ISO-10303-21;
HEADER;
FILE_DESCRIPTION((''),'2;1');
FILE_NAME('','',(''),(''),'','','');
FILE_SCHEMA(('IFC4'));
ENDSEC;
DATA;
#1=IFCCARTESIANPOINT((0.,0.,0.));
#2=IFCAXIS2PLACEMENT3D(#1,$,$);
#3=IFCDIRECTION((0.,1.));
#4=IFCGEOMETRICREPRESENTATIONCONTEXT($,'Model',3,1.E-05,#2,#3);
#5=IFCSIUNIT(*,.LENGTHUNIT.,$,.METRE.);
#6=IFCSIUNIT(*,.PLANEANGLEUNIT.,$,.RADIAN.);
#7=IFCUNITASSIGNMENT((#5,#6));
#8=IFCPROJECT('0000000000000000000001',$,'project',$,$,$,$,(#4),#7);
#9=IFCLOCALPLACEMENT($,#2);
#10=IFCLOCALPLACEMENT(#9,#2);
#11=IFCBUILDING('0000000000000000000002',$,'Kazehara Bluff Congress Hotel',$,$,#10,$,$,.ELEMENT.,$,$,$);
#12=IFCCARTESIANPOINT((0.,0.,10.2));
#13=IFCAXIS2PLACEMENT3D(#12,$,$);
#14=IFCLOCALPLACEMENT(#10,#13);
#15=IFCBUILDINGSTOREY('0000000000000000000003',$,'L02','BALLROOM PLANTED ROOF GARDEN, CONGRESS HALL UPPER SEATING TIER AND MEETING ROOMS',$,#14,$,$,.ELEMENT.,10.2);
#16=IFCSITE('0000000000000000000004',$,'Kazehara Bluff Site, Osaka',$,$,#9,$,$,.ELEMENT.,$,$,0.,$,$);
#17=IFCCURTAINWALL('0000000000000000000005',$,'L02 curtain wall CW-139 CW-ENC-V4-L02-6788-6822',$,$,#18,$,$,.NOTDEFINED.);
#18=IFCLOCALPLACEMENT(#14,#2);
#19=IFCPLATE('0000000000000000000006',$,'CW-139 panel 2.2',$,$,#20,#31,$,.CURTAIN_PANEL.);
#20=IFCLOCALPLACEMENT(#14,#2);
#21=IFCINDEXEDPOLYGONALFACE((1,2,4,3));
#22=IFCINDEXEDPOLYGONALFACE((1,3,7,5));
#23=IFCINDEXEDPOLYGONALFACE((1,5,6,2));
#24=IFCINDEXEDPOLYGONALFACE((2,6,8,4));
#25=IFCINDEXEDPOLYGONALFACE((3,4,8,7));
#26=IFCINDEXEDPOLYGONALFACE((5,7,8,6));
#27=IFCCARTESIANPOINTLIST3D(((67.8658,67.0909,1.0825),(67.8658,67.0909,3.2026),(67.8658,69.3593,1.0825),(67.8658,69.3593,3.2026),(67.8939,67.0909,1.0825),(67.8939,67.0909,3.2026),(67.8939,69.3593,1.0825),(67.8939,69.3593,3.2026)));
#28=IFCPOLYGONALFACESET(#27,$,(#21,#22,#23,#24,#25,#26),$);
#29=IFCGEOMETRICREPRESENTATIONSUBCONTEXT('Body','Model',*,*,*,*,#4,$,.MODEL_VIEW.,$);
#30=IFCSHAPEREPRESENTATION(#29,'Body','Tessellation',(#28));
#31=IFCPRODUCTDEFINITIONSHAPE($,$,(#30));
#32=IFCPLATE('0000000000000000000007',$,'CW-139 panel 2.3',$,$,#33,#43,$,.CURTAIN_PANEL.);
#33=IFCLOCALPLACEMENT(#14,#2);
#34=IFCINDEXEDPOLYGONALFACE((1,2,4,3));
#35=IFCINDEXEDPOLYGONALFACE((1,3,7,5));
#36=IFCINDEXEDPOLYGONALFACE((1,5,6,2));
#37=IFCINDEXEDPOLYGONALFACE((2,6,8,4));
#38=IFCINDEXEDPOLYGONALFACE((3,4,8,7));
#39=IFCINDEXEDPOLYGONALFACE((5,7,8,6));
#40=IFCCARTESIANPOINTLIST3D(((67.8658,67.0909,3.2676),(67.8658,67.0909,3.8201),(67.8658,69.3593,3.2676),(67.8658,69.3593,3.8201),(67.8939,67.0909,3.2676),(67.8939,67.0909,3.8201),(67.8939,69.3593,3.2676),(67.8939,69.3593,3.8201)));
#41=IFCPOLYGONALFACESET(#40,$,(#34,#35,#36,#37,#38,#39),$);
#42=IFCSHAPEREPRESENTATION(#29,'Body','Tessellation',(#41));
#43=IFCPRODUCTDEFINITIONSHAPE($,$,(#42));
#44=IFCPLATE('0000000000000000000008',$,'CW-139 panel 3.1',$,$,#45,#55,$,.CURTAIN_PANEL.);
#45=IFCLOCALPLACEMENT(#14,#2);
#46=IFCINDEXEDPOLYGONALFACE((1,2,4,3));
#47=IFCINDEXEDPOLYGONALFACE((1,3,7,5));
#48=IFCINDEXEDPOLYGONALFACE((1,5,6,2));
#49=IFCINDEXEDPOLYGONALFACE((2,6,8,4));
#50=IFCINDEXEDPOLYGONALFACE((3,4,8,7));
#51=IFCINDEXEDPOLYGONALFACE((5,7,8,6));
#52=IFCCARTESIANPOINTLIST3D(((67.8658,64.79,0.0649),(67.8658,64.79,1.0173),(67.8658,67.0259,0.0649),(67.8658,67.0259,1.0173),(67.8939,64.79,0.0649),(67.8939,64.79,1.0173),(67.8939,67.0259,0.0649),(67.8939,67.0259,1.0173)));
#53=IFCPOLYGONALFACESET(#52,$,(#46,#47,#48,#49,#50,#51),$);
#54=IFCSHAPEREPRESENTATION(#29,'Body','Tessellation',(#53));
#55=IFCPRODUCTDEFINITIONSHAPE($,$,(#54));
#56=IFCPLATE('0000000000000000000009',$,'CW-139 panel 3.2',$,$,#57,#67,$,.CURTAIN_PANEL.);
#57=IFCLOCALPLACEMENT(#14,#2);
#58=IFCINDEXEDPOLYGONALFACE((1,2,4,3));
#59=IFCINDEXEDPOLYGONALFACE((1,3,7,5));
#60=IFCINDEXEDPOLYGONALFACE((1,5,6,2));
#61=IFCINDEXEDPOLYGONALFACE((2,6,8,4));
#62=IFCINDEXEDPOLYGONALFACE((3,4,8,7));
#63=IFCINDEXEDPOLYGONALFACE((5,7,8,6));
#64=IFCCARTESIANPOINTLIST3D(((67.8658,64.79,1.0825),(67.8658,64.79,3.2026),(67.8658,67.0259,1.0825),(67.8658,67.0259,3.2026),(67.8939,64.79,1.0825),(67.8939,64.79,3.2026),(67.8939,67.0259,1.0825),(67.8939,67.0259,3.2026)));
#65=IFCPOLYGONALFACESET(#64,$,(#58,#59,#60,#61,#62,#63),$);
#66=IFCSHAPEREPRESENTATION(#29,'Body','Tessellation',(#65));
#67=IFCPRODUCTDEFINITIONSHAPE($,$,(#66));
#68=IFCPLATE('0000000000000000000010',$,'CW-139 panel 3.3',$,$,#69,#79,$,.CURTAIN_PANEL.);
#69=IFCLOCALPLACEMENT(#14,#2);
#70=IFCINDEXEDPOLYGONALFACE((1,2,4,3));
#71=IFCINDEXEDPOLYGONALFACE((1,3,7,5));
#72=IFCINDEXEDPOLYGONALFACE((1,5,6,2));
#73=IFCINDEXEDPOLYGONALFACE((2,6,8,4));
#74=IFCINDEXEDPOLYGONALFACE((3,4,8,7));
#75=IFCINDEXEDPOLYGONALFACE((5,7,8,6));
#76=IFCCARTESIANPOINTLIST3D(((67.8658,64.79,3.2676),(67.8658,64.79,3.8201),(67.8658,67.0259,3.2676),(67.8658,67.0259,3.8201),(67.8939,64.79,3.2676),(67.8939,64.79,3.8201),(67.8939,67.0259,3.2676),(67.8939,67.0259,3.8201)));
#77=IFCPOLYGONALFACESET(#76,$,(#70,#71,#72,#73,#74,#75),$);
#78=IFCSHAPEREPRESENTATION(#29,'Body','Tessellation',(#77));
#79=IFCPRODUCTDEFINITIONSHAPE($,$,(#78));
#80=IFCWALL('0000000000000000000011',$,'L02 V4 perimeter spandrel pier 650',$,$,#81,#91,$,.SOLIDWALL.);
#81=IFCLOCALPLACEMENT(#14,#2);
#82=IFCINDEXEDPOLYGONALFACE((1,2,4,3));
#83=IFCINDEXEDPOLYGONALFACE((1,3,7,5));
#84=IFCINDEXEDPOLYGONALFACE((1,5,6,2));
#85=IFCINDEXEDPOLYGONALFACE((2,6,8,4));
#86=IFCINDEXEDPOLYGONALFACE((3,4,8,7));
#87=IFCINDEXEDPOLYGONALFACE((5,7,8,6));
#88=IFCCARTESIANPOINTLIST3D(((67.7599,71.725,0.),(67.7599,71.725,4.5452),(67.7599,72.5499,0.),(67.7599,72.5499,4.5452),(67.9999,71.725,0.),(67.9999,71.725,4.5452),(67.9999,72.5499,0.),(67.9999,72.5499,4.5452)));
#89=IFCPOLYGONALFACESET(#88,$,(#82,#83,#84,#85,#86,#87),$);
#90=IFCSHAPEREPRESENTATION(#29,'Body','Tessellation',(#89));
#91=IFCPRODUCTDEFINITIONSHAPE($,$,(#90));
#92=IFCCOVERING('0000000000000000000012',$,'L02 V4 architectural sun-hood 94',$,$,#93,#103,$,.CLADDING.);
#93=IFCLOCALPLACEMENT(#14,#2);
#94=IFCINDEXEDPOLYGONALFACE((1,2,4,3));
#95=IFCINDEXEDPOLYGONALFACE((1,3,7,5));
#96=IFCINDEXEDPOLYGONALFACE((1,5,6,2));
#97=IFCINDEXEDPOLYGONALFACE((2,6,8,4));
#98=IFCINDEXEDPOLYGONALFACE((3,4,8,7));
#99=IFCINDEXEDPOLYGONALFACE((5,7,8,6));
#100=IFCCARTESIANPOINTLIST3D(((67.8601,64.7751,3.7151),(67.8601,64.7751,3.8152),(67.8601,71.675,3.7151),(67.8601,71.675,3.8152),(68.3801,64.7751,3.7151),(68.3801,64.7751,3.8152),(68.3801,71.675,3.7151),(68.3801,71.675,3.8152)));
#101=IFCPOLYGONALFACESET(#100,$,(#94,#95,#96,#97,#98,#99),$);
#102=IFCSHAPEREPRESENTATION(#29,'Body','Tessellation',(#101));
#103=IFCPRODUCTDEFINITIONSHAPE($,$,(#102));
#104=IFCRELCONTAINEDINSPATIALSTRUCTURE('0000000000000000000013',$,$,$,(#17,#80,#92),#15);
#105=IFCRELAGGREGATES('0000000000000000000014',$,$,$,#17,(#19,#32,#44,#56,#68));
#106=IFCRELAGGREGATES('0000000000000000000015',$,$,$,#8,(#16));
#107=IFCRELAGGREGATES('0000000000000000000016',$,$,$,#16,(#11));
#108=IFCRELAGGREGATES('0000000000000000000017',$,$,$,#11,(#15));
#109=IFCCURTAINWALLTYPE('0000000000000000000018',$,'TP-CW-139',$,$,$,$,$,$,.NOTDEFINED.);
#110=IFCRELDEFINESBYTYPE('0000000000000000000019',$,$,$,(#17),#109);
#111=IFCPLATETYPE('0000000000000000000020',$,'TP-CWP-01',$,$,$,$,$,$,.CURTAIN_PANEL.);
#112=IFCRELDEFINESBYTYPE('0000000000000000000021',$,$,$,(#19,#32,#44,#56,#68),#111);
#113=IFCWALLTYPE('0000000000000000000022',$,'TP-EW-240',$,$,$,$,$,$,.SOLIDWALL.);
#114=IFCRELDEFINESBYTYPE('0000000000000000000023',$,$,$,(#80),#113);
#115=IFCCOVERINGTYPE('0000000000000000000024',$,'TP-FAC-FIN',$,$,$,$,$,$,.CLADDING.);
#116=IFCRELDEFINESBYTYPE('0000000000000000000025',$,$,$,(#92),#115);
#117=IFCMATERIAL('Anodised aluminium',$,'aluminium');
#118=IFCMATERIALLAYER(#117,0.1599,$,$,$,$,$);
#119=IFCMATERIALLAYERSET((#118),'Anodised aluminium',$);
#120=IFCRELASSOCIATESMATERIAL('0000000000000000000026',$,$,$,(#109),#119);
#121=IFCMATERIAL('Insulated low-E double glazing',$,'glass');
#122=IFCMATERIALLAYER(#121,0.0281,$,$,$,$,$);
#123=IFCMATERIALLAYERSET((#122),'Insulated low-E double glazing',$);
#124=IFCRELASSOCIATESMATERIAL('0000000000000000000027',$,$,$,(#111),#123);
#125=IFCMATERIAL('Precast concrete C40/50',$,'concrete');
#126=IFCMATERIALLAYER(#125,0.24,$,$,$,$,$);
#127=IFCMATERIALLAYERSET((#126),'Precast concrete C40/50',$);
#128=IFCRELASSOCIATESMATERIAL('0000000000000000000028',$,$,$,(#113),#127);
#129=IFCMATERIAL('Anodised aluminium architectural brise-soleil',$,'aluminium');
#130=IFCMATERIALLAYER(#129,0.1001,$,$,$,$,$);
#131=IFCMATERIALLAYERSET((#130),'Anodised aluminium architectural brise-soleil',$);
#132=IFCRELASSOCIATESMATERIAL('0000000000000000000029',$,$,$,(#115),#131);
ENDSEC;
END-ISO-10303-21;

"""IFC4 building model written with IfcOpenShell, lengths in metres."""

from ifc_helpers import new_model, si_unit, direction, frame, frame_2d, origin, origin_2d, place, context, subcontext, project, spatial, rectangle, extrude, material, layer, layer_set, type_object, element, aggregate, save


model = new_model("IFC4")

# Units and contexts
model_context = context("Model", 3, precision=1e-05, world=origin(), true_north=direction((0.0, 1.0)))
body_context = subcontext(model_context, "Body", "Model", "MODEL_VIEW")
ifc_project = project(units=[si_unit("LENGTHUNIT", "METRE"), si_unit("PLANEANGLEUNIT", "RADIAN")], contexts=[model_context])

# Site, building, storey
site_placement = place(None, origin())
site = spatial("IfcSite", under=ifc_project, at=site_placement, Name="Kazehara Bluff Site, Osaka", CompositionType="ELEMENT", RefElevation=0.0)
building_placement = place(site_placement, origin())
building = spatial("IfcBuilding", under=site, at=building_placement, Name="Kazehara Bluff Congress Hotel", CompositionType="ELEMENT")
storey_placement = place(building_placement, frame((0.0, 0.0, 10.2)))
storey = spatial("IfcBuildingStorey", under=building, at=storey_placement, Name="L02", Description="BALLROOM PLANTED ROOF GARDEN, CONGRESS HALL UPPER SEATING TIER AND MEETING ROOMS", CompositionType="ELEMENT", Elevation=10.2)

# Curtain wall, plates
ifc_material_1 = material(Name="Anodised aluminium", Category="aluminium")
ifc_layer_1 = layer(ifc_material_1, 0.1599)
ifc_layer_set_1 = layer_set([ifc_layer_1], Name="Anodised aluminium")
curtain_wall_type = type_object("IfcCurtainWallType", Name="TP-CW-139", PredefinedType="NOTDEFINED", material=ifc_layer_set_1)
curtain_wall_placement = place(storey_placement, origin())
curtain_wall = element("IfcCurtainWall", 1, at=curtain_wall_placement, inside=storey, type_object=curtain_wall_type, Name="L02 curtain wall CW-139 CW-ENC-V4-L02-6788-6822", PredefinedType="NOTDEFINED")
ifc_material_2 = material(Name="Insulated low-E double glazing", Category="glass")
ifc_layer_2 = layer(ifc_material_2, 0.0281)
ifc_layer_set_2 = layer_set([ifc_layer_2], Name="Insulated low-E double glazing")
plate_type = type_object("IfcPlateType", Name="TP-CWP-01", PredefinedType="CURTAIN_PANEL", material=ifc_layer_set_2)
plate_1_placement = place(storey_placement, frame((67.8799, 68.2251, 1.0825), z_axis=(0.0, 0.0, 1.0), x_axis=(0.0, -1.0, 0.0)))
plate_1 = element("IfcPlate", 2, at=plate_1_placement, type_object=plate_type, Name="CW-139 panel 2.2", PredefinedType="CURTAIN_PANEL", context=body_context, shape_type="SweptSolid", body=[
    extrude(rectangle(XDim=2.2683, YDim=0.0281, at=origin_2d()), origin(), (0.0, 0.0, 1.0), 2.1201),
])
plate_2_placement = place(storey_placement, frame((67.8799, 68.2251, 3.2676), z_axis=(0.0, 0.0, 1.0), x_axis=(0.0, -1.0, 0.0)))
plate_2 = element("IfcPlate", 3, at=plate_2_placement, type_object=plate_type, Name="CW-139 panel 2.3", PredefinedType="CURTAIN_PANEL", context=body_context, shape_type="SweptSolid", body=[
    extrude(rectangle(XDim=2.2683, YDim=0.0281, at=origin_2d()), origin(), (0.0, 0.0, 1.0), 0.5525),
])
plate_3_placement = place(storey_placement, frame((67.8799, 65.908, 0.0649), z_axis=(0.0, 0.0, 1.0), x_axis=(0.0, -1.0, 0.0)))
plate_3 = element("IfcPlate", 4, at=plate_3_placement, type_object=plate_type, Name="CW-139 panel 3.1", PredefinedType="CURTAIN_PANEL", context=body_context, shape_type="SweptSolid", body=[
    extrude(rectangle(XDim=2.2358, YDim=0.0281, at=origin_2d()), origin(), (0.0, 0.0, 1.0), 0.9524),
])
plate_4_placement = place(storey_placement, frame((67.8799, 65.908, 1.0825), z_axis=(0.0, 0.0, 1.0), x_axis=(0.0, -1.0, 0.0)))
plate_4 = element("IfcPlate", 5, at=plate_4_placement, type_object=plate_type, Name="CW-139 panel 3.2", PredefinedType="CURTAIN_PANEL", context=body_context, shape_type="SweptSolid", body=[
    extrude(rectangle(XDim=2.2358, YDim=0.0281, at=origin_2d()), origin(), (0.0, 0.0, 1.0), 2.1201),
])
plate_5_placement = place(storey_placement, frame((67.8799, 65.908, 3.2676), z_axis=(0.0, 0.0, 1.0), x_axis=(0.0, -1.0, 0.0)))
plate_5 = element("IfcPlate", 6, at=plate_5_placement, type_object=plate_type, Name="CW-139 panel 3.3", PredefinedType="CURTAIN_PANEL", context=body_context, shape_type="SweptSolid", body=[
    extrude(rectangle(XDim=2.2358, YDim=0.0281, at=origin_2d()), origin(), (0.0, 0.0, 1.0), 0.5525),
])
aggregate(curtain_wall, [plate_1, plate_2, plate_3, plate_4, plate_5])

# Wall
ifc_material_3 = material(Name="Precast concrete C40/50", Category="concrete")
ifc_layer_3 = layer(ifc_material_3, 0.24)
ifc_layer_set_3 = layer_set([ifc_layer_3], Name="Precast concrete C40/50")
wall_type = type_object("IfcWallType", Name="TP-EW-240", PredefinedType="SOLIDWALL", material=ifc_layer_set_3)
wall_placement = place(storey_placement, frame((67.8799, 72.55, 0.0), z_axis=(0.0, 0.0, 1.0), x_axis=(0.0, -1.0, 0.0)))
element("IfcWall", 7, at=wall_placement, inside=storey, type_object=wall_type, Name="L02 V4 perimeter spandrel pier 650", PredefinedType="SOLIDWALL", context=body_context, shape_type="SweptSolid", body=[
    extrude(rectangle(XDim=0.825, YDim=0.24, at=frame_2d((0.4126, 0.0))), origin(), (0.0, 0.0, 1.0), 4.5452),
])

# Covering
ifc_material_4 = material(Name="Anodised aluminium architectural brise-soleil", Category="aluminium")
ifc_layer_4 = layer(ifc_material_4, 0.1001)
ifc_layer_set_4 = layer_set([ifc_layer_4], Name="Anodised aluminium architectural brise-soleil")
covering_type = type_object("IfcCoveringType", Name="TP-FAC-FIN", PredefinedType="CLADDING", material=ifc_layer_set_4)
covering_placement = place(storey_placement, frame((68.1201, 68.2251, 3.7151), z_axis=(0.0, 0.0, 1.0), x_axis=(1.0, 0.0, 0.0)))
element("IfcCovering", 8, at=covering_placement, inside=storey, type_object=covering_type, Name="L02 V4 architectural sun-hood 94", PredefinedType="CLADDING", context=body_context, shape_type="SweptSolid", body=[
    extrude(rectangle(XDim=0.52, YDim=6.8999, at=origin_2d()), origin(), (0.0, 0.0, 1.0), 0.1001),
])

save(model, "model.ifc")
